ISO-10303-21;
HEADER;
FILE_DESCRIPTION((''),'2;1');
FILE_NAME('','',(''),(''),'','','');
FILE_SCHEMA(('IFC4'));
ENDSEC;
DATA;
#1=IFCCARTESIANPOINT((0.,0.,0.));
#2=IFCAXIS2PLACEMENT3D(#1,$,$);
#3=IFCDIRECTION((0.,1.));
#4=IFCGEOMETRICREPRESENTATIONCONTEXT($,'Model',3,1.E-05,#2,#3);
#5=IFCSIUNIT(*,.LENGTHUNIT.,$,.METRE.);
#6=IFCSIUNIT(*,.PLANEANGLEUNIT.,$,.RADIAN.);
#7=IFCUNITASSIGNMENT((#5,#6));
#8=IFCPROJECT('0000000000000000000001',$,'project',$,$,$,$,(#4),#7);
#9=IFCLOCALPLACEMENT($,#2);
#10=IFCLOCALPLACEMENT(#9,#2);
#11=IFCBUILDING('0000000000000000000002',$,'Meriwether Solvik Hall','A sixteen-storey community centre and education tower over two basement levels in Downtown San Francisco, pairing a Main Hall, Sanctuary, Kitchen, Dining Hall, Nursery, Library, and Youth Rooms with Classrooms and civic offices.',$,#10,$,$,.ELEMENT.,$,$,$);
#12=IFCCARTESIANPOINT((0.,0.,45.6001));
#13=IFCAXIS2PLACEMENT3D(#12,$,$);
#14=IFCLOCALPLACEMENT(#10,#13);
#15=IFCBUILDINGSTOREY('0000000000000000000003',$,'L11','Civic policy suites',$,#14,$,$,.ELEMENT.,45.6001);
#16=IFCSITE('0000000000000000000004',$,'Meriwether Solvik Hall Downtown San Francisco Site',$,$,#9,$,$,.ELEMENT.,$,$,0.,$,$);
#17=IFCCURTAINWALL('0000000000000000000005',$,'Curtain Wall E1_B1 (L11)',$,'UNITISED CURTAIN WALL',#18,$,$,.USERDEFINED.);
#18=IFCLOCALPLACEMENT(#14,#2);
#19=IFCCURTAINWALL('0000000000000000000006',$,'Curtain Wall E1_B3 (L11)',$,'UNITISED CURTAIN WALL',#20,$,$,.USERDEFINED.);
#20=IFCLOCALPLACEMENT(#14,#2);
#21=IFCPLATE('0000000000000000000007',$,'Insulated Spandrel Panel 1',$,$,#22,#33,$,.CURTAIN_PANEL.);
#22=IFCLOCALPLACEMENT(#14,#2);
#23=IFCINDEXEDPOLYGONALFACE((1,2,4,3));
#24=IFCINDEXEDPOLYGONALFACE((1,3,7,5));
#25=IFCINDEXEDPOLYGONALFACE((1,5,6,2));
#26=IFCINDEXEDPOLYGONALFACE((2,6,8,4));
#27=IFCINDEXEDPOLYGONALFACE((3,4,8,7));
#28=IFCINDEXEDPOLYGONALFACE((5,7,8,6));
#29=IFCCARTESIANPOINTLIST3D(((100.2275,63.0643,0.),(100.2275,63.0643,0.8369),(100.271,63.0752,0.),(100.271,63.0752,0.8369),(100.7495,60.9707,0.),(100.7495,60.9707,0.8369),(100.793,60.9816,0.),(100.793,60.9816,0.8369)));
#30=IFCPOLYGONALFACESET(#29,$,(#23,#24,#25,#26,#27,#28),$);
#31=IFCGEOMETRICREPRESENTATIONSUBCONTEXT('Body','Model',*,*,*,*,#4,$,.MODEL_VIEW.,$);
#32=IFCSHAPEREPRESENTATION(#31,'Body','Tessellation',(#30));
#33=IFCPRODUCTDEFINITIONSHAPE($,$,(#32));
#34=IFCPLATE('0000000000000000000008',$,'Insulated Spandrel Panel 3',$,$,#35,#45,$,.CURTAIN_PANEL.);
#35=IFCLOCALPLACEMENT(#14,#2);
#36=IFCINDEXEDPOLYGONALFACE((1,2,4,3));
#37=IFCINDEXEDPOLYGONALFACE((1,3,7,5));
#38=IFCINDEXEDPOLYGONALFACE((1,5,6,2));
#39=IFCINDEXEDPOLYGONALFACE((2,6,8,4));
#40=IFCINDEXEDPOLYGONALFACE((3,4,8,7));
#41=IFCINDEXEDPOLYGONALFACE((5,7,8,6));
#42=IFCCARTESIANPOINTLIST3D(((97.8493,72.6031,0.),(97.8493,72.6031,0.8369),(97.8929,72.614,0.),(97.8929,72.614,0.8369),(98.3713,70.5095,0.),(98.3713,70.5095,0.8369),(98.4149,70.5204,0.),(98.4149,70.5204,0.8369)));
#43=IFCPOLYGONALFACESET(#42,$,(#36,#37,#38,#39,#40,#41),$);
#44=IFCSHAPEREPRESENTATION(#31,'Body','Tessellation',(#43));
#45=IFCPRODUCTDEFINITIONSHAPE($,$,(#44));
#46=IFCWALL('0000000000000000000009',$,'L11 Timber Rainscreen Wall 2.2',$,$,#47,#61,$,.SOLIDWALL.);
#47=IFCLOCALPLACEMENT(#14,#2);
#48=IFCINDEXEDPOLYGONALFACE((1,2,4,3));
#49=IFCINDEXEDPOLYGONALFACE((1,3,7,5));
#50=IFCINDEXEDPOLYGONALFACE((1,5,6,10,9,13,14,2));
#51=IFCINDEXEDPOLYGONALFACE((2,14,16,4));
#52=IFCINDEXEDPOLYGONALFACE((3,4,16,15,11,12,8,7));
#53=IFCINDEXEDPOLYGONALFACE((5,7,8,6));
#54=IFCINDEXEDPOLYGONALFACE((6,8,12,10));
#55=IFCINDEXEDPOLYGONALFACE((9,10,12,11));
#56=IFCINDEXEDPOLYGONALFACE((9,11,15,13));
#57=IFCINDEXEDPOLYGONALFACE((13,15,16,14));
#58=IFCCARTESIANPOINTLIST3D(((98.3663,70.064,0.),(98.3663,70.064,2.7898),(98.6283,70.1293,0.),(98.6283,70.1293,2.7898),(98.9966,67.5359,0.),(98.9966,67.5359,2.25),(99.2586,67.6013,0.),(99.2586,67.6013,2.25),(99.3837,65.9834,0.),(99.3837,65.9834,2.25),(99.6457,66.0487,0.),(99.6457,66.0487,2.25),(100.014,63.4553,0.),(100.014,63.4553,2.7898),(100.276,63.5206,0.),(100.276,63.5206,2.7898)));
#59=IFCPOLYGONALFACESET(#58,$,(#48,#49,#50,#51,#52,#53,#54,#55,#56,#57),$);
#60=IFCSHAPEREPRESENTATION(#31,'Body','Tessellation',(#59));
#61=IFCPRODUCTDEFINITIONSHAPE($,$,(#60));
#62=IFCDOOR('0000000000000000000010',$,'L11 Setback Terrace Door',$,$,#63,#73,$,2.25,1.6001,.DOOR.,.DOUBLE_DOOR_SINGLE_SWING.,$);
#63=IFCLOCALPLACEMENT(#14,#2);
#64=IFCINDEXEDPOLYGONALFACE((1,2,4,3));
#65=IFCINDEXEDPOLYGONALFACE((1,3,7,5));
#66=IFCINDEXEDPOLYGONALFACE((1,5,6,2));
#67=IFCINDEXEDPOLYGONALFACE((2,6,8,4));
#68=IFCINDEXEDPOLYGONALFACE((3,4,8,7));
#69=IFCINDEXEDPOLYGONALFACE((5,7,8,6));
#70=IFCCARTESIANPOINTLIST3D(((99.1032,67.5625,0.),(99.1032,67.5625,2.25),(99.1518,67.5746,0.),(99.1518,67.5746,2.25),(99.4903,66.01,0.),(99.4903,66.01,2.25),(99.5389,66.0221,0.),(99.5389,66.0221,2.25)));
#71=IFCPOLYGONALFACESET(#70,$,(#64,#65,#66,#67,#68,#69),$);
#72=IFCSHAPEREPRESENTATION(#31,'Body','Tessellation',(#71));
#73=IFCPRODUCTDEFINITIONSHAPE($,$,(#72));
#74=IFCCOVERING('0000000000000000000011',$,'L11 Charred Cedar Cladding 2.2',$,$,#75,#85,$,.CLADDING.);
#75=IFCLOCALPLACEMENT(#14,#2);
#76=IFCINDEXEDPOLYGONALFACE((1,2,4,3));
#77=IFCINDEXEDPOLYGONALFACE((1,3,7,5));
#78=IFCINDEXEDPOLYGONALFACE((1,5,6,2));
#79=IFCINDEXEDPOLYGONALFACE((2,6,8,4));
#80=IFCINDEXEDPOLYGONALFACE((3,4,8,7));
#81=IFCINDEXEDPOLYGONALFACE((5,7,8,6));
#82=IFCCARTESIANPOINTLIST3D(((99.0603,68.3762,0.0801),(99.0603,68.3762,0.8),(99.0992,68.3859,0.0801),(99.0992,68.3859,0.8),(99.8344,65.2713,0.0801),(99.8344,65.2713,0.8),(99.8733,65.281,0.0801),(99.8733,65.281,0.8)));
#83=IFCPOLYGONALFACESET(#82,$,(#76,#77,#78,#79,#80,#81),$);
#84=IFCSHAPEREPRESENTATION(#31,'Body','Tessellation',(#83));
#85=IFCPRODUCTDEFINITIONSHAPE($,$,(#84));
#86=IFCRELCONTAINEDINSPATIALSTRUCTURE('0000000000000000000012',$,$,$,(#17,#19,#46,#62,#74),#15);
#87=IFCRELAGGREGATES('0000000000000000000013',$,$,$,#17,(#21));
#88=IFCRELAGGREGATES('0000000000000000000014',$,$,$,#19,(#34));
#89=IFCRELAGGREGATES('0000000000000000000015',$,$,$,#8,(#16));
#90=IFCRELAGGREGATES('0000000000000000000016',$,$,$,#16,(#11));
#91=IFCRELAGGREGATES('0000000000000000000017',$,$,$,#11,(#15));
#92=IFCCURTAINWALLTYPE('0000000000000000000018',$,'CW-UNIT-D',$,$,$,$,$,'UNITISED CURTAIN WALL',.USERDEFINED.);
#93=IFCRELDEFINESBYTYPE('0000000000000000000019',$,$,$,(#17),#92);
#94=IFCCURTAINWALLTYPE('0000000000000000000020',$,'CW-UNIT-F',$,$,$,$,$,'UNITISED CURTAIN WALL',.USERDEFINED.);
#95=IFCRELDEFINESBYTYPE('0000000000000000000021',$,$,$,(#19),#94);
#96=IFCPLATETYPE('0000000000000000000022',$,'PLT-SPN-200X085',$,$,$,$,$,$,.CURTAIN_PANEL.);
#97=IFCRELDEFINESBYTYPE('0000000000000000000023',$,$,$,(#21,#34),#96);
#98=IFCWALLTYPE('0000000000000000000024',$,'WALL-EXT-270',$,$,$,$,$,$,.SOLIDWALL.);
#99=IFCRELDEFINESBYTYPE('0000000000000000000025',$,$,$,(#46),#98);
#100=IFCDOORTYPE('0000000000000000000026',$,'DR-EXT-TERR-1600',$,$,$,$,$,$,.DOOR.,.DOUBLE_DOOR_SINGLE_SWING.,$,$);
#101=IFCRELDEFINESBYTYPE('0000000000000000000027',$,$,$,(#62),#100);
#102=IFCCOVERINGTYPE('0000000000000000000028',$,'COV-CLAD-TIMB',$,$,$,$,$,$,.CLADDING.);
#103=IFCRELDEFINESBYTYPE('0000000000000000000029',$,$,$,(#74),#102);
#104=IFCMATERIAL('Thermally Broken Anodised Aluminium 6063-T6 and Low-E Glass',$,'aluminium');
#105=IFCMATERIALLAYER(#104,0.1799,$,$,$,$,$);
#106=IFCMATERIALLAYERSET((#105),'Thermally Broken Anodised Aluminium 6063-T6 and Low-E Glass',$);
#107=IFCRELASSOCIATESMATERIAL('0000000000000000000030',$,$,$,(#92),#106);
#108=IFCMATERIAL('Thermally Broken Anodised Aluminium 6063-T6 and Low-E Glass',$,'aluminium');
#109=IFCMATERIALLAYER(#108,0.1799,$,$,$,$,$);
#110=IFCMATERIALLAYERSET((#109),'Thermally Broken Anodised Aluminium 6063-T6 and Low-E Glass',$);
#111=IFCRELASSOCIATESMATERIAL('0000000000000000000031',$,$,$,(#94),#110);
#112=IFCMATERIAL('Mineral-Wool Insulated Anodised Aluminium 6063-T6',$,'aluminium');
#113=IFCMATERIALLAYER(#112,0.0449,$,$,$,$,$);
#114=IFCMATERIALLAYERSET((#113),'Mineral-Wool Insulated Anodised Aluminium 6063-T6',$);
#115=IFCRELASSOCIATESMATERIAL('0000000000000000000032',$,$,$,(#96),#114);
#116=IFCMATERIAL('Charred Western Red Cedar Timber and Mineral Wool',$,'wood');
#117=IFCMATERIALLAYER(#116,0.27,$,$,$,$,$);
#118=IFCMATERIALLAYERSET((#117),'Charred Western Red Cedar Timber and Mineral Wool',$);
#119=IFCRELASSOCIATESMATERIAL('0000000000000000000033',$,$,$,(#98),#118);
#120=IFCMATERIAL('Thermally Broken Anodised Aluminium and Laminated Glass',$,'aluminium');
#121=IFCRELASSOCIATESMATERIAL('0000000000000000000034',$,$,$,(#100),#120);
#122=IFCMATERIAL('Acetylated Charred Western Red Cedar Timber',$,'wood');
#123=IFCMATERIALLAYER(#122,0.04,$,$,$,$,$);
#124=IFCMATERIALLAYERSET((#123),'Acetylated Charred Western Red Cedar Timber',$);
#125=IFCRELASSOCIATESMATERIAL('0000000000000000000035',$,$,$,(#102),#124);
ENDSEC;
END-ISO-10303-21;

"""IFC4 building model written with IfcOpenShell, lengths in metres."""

from ifc_helpers import new_model, si_unit, direction, frame, frame_2d, origin, origin_2d, place, context, subcontext, project, spatial, rectangle, extrude, material, layer, layer_set, type_object, element, fill, aggregate, save


model = new_model("IFC4")

# Units and contexts
model_context = context("Model", 3, precision=1e-05, world=origin(), true_north=direction((0.0, 1.0)))
body_context = subcontext(model_context, "Body", "Model", "MODEL_VIEW")
ifc_project = project(units=[si_unit("LENGTHUNIT", "METRE"), si_unit("PLANEANGLEUNIT", "RADIAN")], contexts=[model_context])

# Site, building, storey
site_placement = place(None, origin())
site = spatial("IfcSite", under=ifc_project, at=site_placement, Name="Meriwether Solvik Hall Downtown San Francisco Site", CompositionType="ELEMENT", RefElevation=0.0)
building_placement = place(site_placement, origin())
building = spatial("IfcBuilding", under=site, at=building_placement, Name="Meriwether Solvik Hall", Description="A sixteen-storey community centre and education tower over two basement levels in Downtown San Francisco, pairing a Main Hall, Sanctuary, Kitchen, Dining Hall, Nursery, Library, and Youth Rooms with Classrooms and civic offices.", CompositionType="ELEMENT")
storey_placement = place(building_placement, frame((0.0, 0.0, 45.6001)))
storey = spatial("IfcBuildingStorey", under=building, at=storey_placement, Name="L11", Description="Civic policy suites", CompositionType="ELEMENT", Elevation=45.6001)

# Curtain walls
ifc_material_1 = material(Name="Thermally Broken Anodised Aluminium 6063-T6 and Low-E Glass", Category="aluminium")
ifc_layer_1 = layer(ifc_material_1, 0.1799)
ifc_layer_set_1 = layer_set([ifc_layer_1], Name="Thermally Broken Anodised Aluminium 6063-T6 and Low-E Glass")
curtain_wall_type_1 = type_object("IfcCurtainWallType", Name="CW-UNIT-D", ElementType="UNITISED CURTAIN WALL", PredefinedType="USERDEFINED", material=ifc_layer_set_1)
curtain_wall_1_placement = place(storey_placement, origin())
curtain_wall_1 = element("IfcCurtainWall", 1, at=curtain_wall_1_placement, inside=storey, type_object=curtain_wall_type_1, Name="Curtain Wall E1_B1 (L11)", ObjectType="UNITISED CURTAIN WALL", PredefinedType="USERDEFINED")
ifc_material_2 = material(Name="Thermally Broken Anodised Aluminium 6063-T6 and Low-E Glass", Category="aluminium")
ifc_layer_2 = layer(ifc_material_2, 0.1799)
ifc_layer_set_2 = layer_set([ifc_layer_2], Name="Thermally Broken Anodised Aluminium 6063-T6 and Low-E Glass")
curtain_wall_type_2 = type_object("IfcCurtainWallType", Name="CW-UNIT-F", ElementType="UNITISED CURTAIN WALL", PredefinedType="USERDEFINED", material=ifc_layer_set_2)
curtain_wall_2_placement = place(storey_placement, origin())
curtain_wall_2 = element("IfcCurtainWall", 2, at=curtain_wall_2_placement, inside=storey, type_object=curtain_wall_type_2, Name="Curtain Wall E1_B3 (L11)", ObjectType="UNITISED CURTAIN WALL", PredefinedType="USERDEFINED")

# Plates
ifc_material_3 = material(Name="Mineral-Wool Insulated Anodised Aluminium 6063-T6", Category="aluminium")
ifc_layer_3 = layer(ifc_material_3, 0.0449)
ifc_layer_set_3 = layer_set([ifc_layer_3], Name="Mineral-Wool Insulated Anodised Aluminium 6063-T6")
plate_type_1 = type_object("IfcPlateType", Name="PLT-SPN-200X085", PredefinedType="CURTAIN_PANEL", material=ifc_layer_set_3)
plate_1_placement = place(storey_placement, frame((100.5103, 62.0229, 0.0), z_axis=(0.0, 0.0, 1.0), x_axis=(0.241922, -0.970296, 0.0)))
plate_1 = element("IfcPlate", 3, at=plate_1_placement, type_object=plate_type_1, Name="Insulated Spandrel Panel 1", PredefinedType="CURTAIN_PANEL", context=body_context, shape_type="SweptSolid", body=[
    extrude(rectangle(XDim=2.1577, YDim=0.0449, at=origin_2d()), origin(), (0.0, 0.0, 1.0), 0.8369),
])
aggregate(curtain_wall_1, [plate_1])
plate_2_placement = place(storey_placement, frame((98.1321, 71.5618, 0.0), z_axis=(0.0, 0.0, 1.0), x_axis=(0.241922, -0.970296, 0.0)))
plate_2 = element("IfcPlate", 4, at=plate_2_placement, type_object=plate_type_1, Name="Insulated Spandrel Panel 3", PredefinedType="CURTAIN_PANEL", context=body_context, shape_type="SweptSolid", body=[
    extrude(rectangle(XDim=2.1577, YDim=0.0449, at=origin_2d()), origin(), (0.0, 0.0, 1.0), 0.8369),
])
aggregate(curtain_wall_2, [plate_2])

# Wall, opening, door
ifc_material_4 = material(Name="Charred Western Red Cedar Timber and Mineral Wool", Category="wood")
ifc_layer_4 = layer(ifc_material_4, 0.27)
ifc_layer_set_4 = layer_set([ifc_layer_4], Name="Charred Western Red Cedar Timber and Mineral Wool")
wall_type = type_object("IfcWallType", Name="WALL-EXT-270", PredefinedType="SOLIDWALL", material=ifc_layer_set_4)
wall_placement = place(storey_placement, frame((98.4973, 70.0967, 0.0), z_axis=(0.0, 0.0, 1.0), x_axis=(0.24192, -0.970296, 0.0)))
wall = element("IfcWall", 5, at=wall_placement, inside=storey, type_object=wall_type, Name="L11 Timber Rainscreen Wall 2.2", PredefinedType="SOLIDWALL", context=body_context, shape_type="SweptSolid", body=[
    extrude(rectangle(XDim=6.811, YDim=0.27, at=frame_2d((3.4055, 0.0))), origin(), (0.0, 0.0, 1.0), 2.7898),
])
opening_placement = place(wall_placement, frame((2.6055, 0.0, 0.0)))
opening = element("IfcOpeningElement", 6, at=opening_placement, cuts=wall, PredefinedType="OPENING", context=body_context, shape_type="SweptSolid", body=[
    extrude(rectangle(XDim=1.6001, YDim=2.25, at=frame_2d((0.8, 1.125))), frame((0.0, 0.147, 0.0), z_axis=(0.0, -1.0, 0.0), x_axis=(1.0, 0.0, 0.0)), (0.0, 0.0, 1.0), 0.2939),
])
ifc_material_5 = material(Name="Thermally Broken Anodised Aluminium and Laminated Glass", Category="aluminium")
door_type = type_object("IfcDoorType", Name="DR-EXT-TERR-1600", OperationType="DOUBLE_DOOR_SINGLE_SWING", PredefinedType="DOOR", material=ifc_material_5)
door_placement = place(opening_placement, origin())
door = element("IfcDoor", 7, at=door_placement, inside=storey, type_object=door_type, Name="L11 Setback Terrace Door", OperationType="DOUBLE_DOOR_SINGLE_SWING", OverallHeight=2.25, OverallWidth=1.6001, PredefinedType="DOOR", context=body_context, shape_type="SweptSolid", body=[
    extrude(rectangle(XDim=1.6001, YDim=2.25, at=frame_2d((0.8, 1.125))), frame((0.0, 0.0249, 0.0), z_axis=(0.0, -1.0, 0.0), x_axis=(1.0, 0.0, 0.0)), (0.0, 0.0, 1.0), 0.05),
])
fill(opening, door)

# Covering
ifc_material_6 = material(Name="Acetylated Charred Western Red Cedar Timber", Category="wood")
ifc_layer_5 = layer(ifc_material_6, 0.04)
ifc_layer_set_5 = layer_set([ifc_layer_5], Name="Acetylated Charred Western Red Cedar Timber")
covering_type = type_object("IfcCoveringType", Name="COV-CLAD-TIMB", PredefinedType="CLADDING", material=ifc_layer_set_5)
covering_placement = place(storey_placement, frame((99.4668, 66.8286, 0.0801), z_axis=(0.0, 0.0, 1.0), x_axis=(0.241922, -0.970296, 0.0)))
element("IfcCovering", 8, at=covering_placement, inside=storey, type_object=covering_type, Name="L11 Charred Cedar Cladding 2.2", PredefinedType="CLADDING", context=body_context, shape_type="SweptSolid", body=[
    extrude(rectangle(XDim=3.2, YDim=0.04, at=origin_2d()), origin(), (0.0, 0.0, 1.0), 0.72),
])

save(model, "model.ifc")
